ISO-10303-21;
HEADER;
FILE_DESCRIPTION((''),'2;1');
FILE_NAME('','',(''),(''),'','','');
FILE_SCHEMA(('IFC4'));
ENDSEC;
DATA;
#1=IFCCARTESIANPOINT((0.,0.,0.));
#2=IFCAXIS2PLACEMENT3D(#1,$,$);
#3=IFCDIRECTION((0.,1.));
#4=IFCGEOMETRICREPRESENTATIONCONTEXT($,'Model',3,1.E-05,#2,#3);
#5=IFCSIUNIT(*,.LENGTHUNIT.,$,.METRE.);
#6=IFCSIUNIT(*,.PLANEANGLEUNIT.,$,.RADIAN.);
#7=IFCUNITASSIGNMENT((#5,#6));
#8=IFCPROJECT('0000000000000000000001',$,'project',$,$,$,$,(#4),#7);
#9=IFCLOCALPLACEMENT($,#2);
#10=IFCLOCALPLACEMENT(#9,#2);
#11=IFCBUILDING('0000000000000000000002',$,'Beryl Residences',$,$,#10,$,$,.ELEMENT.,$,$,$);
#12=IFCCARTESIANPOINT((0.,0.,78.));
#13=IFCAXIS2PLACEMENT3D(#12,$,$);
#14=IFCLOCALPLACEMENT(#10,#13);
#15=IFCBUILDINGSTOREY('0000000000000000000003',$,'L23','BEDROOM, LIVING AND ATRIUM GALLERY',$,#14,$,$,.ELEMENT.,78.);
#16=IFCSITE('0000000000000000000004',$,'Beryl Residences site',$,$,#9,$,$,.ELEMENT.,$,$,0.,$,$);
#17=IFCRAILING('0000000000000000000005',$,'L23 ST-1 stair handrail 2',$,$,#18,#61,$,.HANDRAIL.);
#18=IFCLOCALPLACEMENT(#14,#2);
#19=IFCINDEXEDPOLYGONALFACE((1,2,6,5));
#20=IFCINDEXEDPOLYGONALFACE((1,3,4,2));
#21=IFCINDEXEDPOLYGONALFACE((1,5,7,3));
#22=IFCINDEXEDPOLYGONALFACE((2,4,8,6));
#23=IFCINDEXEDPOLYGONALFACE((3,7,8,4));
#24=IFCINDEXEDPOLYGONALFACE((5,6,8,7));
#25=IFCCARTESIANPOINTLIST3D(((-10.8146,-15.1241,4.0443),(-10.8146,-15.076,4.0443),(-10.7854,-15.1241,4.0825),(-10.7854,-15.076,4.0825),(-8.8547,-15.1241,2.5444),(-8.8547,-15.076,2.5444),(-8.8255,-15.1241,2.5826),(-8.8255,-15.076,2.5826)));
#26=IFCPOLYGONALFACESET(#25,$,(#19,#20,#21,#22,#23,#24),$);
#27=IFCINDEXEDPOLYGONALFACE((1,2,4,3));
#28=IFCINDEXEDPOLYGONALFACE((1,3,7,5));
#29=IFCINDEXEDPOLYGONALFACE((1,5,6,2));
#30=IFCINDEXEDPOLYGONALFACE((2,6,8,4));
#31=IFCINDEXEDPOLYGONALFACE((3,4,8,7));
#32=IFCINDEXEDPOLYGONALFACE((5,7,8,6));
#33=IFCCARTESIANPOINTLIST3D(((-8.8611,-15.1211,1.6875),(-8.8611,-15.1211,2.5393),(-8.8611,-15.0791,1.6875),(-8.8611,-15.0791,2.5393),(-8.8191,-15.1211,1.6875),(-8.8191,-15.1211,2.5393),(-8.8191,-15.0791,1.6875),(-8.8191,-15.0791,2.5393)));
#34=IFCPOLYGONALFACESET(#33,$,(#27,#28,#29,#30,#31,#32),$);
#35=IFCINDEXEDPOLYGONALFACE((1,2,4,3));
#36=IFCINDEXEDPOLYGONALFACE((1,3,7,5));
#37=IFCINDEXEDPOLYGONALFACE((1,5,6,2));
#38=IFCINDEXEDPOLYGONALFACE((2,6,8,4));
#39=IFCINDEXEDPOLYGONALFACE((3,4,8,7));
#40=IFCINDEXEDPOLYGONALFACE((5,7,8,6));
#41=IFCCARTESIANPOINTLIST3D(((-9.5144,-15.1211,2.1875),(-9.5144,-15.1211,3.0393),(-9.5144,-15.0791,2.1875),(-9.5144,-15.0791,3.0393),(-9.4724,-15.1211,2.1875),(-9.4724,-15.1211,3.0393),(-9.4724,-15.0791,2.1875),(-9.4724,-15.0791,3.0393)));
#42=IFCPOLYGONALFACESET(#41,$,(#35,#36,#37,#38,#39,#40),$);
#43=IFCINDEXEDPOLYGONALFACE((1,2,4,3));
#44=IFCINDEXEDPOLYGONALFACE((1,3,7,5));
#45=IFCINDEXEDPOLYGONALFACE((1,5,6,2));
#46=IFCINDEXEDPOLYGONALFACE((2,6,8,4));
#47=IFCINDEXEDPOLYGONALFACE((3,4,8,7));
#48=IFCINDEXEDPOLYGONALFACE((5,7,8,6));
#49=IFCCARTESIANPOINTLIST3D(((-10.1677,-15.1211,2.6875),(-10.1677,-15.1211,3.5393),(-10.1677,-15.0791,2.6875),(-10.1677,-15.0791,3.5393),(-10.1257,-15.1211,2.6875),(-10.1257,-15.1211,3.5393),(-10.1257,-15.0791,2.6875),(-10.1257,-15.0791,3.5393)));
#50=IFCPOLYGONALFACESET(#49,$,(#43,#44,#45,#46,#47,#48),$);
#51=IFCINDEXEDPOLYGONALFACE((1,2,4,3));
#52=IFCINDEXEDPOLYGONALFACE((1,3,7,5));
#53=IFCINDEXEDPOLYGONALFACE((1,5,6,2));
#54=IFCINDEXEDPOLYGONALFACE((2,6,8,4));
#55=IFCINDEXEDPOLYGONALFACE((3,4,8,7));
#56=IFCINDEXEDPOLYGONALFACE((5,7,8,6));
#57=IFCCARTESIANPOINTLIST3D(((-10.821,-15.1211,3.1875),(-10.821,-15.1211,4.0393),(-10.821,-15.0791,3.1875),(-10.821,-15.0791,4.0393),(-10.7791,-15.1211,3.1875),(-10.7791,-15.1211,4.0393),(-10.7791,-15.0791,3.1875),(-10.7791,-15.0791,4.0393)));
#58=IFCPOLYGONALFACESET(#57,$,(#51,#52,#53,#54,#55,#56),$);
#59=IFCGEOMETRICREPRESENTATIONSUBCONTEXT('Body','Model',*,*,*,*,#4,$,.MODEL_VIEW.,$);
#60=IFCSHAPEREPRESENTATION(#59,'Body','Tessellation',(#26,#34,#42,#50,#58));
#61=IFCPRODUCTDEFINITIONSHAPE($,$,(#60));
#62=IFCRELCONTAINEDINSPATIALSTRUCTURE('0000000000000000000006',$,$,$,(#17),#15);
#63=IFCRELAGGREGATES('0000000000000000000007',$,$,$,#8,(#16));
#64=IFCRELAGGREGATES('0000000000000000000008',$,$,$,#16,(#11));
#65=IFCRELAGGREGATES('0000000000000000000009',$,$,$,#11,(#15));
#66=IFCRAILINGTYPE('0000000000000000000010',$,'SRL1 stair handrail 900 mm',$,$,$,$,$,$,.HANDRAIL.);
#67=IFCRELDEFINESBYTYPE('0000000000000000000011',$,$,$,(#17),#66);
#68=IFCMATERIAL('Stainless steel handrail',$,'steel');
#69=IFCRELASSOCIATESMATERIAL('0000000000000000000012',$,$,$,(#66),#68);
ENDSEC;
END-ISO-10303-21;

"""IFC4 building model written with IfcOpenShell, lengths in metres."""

from ifc_helpers import new_model, si_unit, direction, frame, origin, origin_2d, place, context, subcontext, project, spatial, rectangle, extrude, material, type_object, element, save


model = new_model("IFC4")

# Units and contexts
model_context = context("Model", 3, precision=1e-05, world=origin(), true_north=direction((0.0, 1.0)))
body_context = subcontext(model_context, "Body", "Model", "MODEL_VIEW")
ifc_project = project(units=[si_unit("LENGTHUNIT", "METRE"), si_unit("PLANEANGLEUNIT", "RADIAN")], contexts=[model_context])

# Site, building, storey
site_placement = place(None, origin())
site = spatial("IfcSite", under=ifc_project, at=site_placement, Name="Beryl Residences site", CompositionType="ELEMENT", RefElevation=0.0)
building_placement = place(site_placement, origin())
building = spatial("IfcBuilding", under=site, at=building_placement, Name="Beryl Residences", CompositionType="ELEMENT")
storey_placement = place(building_placement, frame((0.0, 0.0, 78.0)))
storey = spatial("IfcBuildingStorey", under=building, at=storey_placement, Name="L23", Description="BEDROOM, LIVING AND ATRIUM GALLERY", CompositionType="ELEMENT", Elevation=78.0)

# Railing
ifc_material_1 = material(Name="Stainless steel handrail", Category="steel")
railing_type_1 = type_object("IfcRailingType", Name="SRL1 stair handrail 900 mm", PredefinedType="HANDRAIL", material=ifc_material_1)
railing_1_placement = place(storey_placement, frame((-8.8401, -15.1001, 1.6875)))
element("IfcRailing", 1, at=railing_1_placement, inside=storey, type_object=railing_type_1, Name="L23 ST-1 stair handrail 2", PredefinedType="HANDRAIL", context=body_context, shape_type="SweptSolid", body=[
    extrude(rectangle(XDim=0.0481, YDim=0.0481, at=origin_2d()), frame((0.0, 0.0, 0.876), z_axis=(-0.794122, 0.0, 0.607758), x_axis=(0.0, -1.0, 0.0)), (0.0, 0.0, 1.0), 2.468),
    extrude(rectangle(XDim=0.042, YDim=0.042, at=origin_2d()), origin(), (0.0, 0.0, 1.0), 0.8518),
    extrude(rectangle(XDim=0.042, YDim=0.042, at=origin_2d()), frame((-0.6533, 0.0, 0.5)), (0.0, 0.0, 1.0), 0.8518),
    extrude(rectangle(XDim=0.042, YDim=0.042, at=origin_2d()), frame((-1.3066, 0.0, 1.0)), (0.0, 0.0, 1.0), 0.8518),
    extrude(rectangle(XDim=0.042, YDim=0.042, at=origin_2d()), frame((-1.96, 0.0, 1.5)), (0.0, 0.0, 1.0), 0.8518),
])

save(model, "model.ifc")
